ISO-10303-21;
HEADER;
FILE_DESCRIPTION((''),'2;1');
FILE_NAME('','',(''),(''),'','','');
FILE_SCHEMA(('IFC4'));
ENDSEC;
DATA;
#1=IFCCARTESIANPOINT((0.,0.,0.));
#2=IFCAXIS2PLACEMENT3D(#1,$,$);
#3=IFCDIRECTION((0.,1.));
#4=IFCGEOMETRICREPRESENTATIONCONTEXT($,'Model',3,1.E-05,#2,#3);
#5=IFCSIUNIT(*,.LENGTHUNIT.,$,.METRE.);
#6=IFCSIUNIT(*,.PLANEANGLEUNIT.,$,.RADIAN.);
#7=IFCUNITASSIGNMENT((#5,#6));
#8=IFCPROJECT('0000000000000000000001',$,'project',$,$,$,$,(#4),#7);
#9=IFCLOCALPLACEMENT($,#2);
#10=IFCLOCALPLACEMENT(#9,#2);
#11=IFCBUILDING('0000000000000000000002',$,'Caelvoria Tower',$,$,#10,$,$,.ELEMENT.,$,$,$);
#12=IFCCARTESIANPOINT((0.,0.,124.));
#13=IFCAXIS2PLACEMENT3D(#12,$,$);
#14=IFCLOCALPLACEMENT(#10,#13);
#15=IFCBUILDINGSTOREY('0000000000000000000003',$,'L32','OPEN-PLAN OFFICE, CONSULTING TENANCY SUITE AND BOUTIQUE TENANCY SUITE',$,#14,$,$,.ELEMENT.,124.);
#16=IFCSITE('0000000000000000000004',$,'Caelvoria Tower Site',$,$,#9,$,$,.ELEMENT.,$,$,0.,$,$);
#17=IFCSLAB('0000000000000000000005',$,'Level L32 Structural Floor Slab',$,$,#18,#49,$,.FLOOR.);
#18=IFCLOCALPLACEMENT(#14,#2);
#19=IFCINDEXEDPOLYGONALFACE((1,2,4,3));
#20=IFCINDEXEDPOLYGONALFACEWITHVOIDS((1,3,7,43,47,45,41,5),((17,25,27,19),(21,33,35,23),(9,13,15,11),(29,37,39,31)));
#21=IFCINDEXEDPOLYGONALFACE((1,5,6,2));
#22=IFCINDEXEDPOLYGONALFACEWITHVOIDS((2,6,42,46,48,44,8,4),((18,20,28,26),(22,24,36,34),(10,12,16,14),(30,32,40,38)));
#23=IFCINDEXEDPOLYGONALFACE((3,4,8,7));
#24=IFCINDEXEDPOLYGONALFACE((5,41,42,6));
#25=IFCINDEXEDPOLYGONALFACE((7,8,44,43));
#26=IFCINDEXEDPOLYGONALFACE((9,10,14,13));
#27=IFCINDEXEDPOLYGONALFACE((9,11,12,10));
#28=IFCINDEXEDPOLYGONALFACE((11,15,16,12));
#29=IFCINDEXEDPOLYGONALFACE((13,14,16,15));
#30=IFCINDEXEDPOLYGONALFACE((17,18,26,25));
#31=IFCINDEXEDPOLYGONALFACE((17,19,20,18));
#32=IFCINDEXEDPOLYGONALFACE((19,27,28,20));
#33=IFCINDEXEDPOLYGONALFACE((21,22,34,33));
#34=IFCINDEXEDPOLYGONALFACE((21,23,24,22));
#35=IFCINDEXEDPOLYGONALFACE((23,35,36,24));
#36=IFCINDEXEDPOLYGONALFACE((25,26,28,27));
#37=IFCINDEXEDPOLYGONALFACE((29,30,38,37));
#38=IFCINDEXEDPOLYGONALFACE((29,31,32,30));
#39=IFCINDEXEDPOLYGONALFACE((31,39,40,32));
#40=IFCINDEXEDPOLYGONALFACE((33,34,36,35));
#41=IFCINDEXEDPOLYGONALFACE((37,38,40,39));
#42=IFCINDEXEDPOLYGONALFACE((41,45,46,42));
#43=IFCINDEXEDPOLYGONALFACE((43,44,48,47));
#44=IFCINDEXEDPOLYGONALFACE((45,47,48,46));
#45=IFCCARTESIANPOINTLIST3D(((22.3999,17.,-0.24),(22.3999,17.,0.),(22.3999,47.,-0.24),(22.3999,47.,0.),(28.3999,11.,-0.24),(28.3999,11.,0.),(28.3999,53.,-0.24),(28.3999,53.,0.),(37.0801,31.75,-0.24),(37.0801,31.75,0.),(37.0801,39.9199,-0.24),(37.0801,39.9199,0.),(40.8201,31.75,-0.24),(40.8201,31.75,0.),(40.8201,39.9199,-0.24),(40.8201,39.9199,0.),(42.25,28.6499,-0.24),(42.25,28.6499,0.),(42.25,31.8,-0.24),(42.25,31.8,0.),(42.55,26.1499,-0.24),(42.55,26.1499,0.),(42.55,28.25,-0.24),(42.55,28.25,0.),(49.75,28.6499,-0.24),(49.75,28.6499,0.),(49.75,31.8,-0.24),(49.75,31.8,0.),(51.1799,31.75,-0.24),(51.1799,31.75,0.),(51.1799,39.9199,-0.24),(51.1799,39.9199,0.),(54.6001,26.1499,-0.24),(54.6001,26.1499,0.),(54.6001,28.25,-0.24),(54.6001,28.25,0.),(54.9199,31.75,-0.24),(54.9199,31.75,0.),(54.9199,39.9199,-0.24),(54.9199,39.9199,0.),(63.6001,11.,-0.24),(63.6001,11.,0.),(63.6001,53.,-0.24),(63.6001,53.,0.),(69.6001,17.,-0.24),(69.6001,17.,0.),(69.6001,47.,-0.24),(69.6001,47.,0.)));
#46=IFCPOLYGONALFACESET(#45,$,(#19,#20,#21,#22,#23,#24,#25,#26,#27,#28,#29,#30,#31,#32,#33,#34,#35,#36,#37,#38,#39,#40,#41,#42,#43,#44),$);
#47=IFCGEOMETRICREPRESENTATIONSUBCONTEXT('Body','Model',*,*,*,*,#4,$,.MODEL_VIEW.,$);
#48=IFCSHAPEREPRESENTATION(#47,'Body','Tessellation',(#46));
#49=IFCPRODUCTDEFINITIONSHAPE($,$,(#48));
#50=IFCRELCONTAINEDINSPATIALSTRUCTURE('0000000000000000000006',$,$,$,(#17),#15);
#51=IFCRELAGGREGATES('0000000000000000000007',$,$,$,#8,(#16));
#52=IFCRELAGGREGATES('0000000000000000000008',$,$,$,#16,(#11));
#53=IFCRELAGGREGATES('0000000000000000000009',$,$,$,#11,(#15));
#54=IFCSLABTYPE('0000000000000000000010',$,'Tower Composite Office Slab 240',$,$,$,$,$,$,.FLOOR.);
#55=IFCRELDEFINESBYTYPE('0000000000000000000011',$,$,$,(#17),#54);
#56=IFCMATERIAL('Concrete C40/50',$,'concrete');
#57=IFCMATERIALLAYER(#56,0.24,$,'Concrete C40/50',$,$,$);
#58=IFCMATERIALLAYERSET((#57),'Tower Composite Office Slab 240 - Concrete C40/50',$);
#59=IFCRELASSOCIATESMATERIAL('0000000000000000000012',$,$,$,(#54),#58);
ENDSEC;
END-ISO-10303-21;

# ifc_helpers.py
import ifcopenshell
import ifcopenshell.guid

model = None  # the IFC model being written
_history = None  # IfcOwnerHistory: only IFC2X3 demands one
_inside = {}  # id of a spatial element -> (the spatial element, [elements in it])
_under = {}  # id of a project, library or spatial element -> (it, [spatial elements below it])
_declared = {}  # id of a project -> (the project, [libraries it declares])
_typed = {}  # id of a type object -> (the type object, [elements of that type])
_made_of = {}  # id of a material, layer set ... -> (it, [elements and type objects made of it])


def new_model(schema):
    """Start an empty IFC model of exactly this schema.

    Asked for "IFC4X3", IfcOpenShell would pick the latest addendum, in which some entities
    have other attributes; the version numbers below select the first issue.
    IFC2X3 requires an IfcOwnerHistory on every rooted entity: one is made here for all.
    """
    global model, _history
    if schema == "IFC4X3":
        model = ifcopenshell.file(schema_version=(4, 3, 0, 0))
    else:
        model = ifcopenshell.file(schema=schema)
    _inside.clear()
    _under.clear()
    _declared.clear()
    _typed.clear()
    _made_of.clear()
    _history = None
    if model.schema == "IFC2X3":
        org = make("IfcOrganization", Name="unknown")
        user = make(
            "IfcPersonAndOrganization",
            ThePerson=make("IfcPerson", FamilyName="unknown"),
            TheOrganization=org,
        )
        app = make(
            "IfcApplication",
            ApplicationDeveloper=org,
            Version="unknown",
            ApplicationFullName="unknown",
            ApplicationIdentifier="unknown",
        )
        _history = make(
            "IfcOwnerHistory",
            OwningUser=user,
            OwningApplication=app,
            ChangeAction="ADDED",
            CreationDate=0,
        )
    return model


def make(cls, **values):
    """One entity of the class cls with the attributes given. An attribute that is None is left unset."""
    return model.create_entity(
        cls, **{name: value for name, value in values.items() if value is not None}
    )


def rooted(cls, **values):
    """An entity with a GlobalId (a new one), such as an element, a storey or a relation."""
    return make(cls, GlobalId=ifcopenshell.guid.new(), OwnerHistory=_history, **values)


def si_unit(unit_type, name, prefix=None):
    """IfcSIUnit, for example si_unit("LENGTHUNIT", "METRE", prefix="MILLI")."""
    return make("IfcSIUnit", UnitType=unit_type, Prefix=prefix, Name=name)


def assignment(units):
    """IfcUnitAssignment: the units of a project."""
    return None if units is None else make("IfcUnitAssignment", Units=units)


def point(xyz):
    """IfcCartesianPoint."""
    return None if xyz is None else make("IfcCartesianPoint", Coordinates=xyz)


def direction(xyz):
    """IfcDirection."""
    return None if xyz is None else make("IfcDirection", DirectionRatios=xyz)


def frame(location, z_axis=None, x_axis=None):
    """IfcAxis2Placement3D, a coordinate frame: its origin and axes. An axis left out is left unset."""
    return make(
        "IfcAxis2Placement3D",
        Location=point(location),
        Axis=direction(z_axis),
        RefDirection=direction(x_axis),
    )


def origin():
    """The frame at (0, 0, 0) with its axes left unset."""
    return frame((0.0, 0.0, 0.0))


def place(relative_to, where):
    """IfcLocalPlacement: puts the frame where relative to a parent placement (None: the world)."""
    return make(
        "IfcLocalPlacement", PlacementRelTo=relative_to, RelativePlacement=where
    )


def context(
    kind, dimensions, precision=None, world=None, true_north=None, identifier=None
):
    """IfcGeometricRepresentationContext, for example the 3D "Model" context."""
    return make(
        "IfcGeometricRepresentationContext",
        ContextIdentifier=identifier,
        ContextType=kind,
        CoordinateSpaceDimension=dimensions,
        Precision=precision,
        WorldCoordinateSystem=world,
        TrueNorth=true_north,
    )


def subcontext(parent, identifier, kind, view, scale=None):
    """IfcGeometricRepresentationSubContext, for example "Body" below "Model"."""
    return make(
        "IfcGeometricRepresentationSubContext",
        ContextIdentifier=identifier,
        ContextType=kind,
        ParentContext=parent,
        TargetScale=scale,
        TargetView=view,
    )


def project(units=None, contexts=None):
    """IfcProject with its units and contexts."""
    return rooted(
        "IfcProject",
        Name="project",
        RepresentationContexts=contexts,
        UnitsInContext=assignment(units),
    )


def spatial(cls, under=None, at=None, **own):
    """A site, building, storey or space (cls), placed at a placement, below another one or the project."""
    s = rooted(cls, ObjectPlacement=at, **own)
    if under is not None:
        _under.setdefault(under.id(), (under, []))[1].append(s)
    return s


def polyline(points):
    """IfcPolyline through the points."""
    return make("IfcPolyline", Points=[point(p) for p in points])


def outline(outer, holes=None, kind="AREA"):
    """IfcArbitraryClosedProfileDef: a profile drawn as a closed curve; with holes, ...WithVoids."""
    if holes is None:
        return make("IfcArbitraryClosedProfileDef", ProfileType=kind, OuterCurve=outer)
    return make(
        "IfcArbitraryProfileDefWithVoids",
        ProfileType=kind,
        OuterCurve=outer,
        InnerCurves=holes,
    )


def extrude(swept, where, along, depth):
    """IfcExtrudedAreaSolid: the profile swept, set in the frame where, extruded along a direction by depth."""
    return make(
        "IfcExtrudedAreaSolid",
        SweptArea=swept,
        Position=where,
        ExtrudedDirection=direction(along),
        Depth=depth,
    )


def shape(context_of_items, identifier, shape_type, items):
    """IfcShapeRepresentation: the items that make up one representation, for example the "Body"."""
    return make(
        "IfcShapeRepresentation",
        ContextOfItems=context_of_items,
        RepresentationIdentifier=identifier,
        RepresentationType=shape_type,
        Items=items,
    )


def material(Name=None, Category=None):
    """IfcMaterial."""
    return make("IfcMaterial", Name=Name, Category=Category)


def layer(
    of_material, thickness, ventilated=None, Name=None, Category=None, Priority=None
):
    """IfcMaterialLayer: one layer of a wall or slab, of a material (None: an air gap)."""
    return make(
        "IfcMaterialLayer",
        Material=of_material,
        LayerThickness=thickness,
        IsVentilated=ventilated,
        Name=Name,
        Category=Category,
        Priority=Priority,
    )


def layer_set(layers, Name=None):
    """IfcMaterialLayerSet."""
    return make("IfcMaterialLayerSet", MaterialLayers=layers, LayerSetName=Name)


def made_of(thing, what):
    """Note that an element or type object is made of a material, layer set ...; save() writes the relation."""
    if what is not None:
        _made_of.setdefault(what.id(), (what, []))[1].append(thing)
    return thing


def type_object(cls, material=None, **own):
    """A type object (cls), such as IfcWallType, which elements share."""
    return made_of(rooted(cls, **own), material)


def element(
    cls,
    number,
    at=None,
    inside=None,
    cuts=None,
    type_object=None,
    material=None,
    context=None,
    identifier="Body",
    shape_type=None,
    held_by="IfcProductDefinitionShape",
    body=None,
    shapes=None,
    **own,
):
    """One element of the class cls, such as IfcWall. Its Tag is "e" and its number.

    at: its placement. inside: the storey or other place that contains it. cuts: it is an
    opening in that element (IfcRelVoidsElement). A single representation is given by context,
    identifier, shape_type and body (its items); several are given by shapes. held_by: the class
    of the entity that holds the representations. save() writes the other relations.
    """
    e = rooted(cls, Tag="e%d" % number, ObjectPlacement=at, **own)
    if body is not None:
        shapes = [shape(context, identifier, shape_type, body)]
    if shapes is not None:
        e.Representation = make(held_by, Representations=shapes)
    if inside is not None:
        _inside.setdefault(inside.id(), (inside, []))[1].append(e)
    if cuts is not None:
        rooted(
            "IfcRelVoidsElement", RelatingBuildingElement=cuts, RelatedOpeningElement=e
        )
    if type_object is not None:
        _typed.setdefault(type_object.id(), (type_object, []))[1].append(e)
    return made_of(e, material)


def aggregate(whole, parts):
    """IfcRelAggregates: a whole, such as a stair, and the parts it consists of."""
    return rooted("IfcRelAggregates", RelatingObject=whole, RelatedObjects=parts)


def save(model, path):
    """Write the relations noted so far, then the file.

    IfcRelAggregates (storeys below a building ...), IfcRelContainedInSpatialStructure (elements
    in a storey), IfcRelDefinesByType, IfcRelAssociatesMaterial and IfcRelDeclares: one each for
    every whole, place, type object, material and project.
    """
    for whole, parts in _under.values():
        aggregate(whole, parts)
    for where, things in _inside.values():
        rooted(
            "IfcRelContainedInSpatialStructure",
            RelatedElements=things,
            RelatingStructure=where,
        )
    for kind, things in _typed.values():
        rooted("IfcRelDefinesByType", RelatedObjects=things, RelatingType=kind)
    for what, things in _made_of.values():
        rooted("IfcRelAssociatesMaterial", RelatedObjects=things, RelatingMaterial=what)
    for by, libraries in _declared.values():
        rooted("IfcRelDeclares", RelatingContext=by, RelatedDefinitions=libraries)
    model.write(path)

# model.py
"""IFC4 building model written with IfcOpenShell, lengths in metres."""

from ifc_helpers import new_model, si_unit, direction, frame, origin, place, context, subcontext, project, spatial, polyline, outline, extrude, material, layer, layer_set, type_object, element, save


model = new_model("IFC4")

# Units and contexts
model_context = context("Model", 3, precision=1e-05, world=origin(), true_north=direction((0.0, 1.0)))
body_context = subcontext(model_context, "Body", "Model", "MODEL_VIEW")
ifc_project = project(units=[si_unit("LENGTHUNIT", "METRE"), si_unit("PLANEANGLEUNIT", "RADIAN")], contexts=[model_context])

# Site, building, storey
site_placement = place(None, origin())
site = spatial("IfcSite", under=ifc_project, at=site_placement, Name="Caelvoria Tower Site", CompositionType="ELEMENT", RefElevation=0.0)
building_placement = place(site_placement, origin())
building = spatial("IfcBuilding", under=site, at=building_placement, Name="Caelvoria Tower", CompositionType="ELEMENT")
storey_placement = place(building_placement, frame((0.0, 0.0, 124.0)))
storey = spatial("IfcBuildingStorey", under=building, at=storey_placement, Name="L32", Description="OPEN-PLAN OFFICE, CONSULTING TENANCY SUITE AND BOUTIQUE TENANCY SUITE", CompositionType="ELEMENT", Elevation=124.0)

# Shared definitions
ifc_material_1 = material(Name="Concrete C40/50", Category="concrete")

# Slab
ifc_layer_1 = layer(ifc_material_1, 0.24, Name="Concrete C40/50")
ifc_layer_set_1 = layer_set([ifc_layer_1], Name="Tower Composite Office Slab 240 - Concrete C40/50")
slab_type_1 = type_object("IfcSlabType", Name="Tower Composite Office Slab 240", PredefinedType="FLOOR", material=ifc_layer_set_1)
slab_1_placement = place(storey_placement, frame((0.0, 0.0, -0.24)))
element("IfcSlab", 1, at=slab_1_placement, inside=storey, type_object=slab_type_1, Name="Level L32 Structural Floor Slab", PredefinedType="FLOOR", context=body_context, shape_type="SweptSolid", body=[
    extrude(outline(polyline([(28.3999, 11.0), (63.6001, 11.0), (69.6001, 17.0), (69.6001, 47.0), (63.6001, 53.0), (28.3999, 53.0), (22.3999, 47.0), (22.3999, 17.0), (28.3999, 11.0)]), holes=[polyline([(37.0801, 31.75), (40.8201, 31.75), (40.8201, 39.9199), (37.0801, 39.9199), (37.0801, 31.75)]), polyline([(51.1799, 31.75), (54.9199, 31.75), (54.9199, 39.9199), (51.1799, 39.9199), (51.1799, 31.75)]), polyline([(42.25, 28.6499), (49.75, 28.6499), (49.75, 31.8), (42.25, 31.8), (42.25, 28.6499)]), polyline([(42.55, 26.1499), (54.6001, 26.1499), (54.6001, 28.25), (42.55, 28.25), (42.55, 26.1499)])]), origin(), (0.0, 0.0, 1.0), 0.24),
])

save(model, "model.ifc")
